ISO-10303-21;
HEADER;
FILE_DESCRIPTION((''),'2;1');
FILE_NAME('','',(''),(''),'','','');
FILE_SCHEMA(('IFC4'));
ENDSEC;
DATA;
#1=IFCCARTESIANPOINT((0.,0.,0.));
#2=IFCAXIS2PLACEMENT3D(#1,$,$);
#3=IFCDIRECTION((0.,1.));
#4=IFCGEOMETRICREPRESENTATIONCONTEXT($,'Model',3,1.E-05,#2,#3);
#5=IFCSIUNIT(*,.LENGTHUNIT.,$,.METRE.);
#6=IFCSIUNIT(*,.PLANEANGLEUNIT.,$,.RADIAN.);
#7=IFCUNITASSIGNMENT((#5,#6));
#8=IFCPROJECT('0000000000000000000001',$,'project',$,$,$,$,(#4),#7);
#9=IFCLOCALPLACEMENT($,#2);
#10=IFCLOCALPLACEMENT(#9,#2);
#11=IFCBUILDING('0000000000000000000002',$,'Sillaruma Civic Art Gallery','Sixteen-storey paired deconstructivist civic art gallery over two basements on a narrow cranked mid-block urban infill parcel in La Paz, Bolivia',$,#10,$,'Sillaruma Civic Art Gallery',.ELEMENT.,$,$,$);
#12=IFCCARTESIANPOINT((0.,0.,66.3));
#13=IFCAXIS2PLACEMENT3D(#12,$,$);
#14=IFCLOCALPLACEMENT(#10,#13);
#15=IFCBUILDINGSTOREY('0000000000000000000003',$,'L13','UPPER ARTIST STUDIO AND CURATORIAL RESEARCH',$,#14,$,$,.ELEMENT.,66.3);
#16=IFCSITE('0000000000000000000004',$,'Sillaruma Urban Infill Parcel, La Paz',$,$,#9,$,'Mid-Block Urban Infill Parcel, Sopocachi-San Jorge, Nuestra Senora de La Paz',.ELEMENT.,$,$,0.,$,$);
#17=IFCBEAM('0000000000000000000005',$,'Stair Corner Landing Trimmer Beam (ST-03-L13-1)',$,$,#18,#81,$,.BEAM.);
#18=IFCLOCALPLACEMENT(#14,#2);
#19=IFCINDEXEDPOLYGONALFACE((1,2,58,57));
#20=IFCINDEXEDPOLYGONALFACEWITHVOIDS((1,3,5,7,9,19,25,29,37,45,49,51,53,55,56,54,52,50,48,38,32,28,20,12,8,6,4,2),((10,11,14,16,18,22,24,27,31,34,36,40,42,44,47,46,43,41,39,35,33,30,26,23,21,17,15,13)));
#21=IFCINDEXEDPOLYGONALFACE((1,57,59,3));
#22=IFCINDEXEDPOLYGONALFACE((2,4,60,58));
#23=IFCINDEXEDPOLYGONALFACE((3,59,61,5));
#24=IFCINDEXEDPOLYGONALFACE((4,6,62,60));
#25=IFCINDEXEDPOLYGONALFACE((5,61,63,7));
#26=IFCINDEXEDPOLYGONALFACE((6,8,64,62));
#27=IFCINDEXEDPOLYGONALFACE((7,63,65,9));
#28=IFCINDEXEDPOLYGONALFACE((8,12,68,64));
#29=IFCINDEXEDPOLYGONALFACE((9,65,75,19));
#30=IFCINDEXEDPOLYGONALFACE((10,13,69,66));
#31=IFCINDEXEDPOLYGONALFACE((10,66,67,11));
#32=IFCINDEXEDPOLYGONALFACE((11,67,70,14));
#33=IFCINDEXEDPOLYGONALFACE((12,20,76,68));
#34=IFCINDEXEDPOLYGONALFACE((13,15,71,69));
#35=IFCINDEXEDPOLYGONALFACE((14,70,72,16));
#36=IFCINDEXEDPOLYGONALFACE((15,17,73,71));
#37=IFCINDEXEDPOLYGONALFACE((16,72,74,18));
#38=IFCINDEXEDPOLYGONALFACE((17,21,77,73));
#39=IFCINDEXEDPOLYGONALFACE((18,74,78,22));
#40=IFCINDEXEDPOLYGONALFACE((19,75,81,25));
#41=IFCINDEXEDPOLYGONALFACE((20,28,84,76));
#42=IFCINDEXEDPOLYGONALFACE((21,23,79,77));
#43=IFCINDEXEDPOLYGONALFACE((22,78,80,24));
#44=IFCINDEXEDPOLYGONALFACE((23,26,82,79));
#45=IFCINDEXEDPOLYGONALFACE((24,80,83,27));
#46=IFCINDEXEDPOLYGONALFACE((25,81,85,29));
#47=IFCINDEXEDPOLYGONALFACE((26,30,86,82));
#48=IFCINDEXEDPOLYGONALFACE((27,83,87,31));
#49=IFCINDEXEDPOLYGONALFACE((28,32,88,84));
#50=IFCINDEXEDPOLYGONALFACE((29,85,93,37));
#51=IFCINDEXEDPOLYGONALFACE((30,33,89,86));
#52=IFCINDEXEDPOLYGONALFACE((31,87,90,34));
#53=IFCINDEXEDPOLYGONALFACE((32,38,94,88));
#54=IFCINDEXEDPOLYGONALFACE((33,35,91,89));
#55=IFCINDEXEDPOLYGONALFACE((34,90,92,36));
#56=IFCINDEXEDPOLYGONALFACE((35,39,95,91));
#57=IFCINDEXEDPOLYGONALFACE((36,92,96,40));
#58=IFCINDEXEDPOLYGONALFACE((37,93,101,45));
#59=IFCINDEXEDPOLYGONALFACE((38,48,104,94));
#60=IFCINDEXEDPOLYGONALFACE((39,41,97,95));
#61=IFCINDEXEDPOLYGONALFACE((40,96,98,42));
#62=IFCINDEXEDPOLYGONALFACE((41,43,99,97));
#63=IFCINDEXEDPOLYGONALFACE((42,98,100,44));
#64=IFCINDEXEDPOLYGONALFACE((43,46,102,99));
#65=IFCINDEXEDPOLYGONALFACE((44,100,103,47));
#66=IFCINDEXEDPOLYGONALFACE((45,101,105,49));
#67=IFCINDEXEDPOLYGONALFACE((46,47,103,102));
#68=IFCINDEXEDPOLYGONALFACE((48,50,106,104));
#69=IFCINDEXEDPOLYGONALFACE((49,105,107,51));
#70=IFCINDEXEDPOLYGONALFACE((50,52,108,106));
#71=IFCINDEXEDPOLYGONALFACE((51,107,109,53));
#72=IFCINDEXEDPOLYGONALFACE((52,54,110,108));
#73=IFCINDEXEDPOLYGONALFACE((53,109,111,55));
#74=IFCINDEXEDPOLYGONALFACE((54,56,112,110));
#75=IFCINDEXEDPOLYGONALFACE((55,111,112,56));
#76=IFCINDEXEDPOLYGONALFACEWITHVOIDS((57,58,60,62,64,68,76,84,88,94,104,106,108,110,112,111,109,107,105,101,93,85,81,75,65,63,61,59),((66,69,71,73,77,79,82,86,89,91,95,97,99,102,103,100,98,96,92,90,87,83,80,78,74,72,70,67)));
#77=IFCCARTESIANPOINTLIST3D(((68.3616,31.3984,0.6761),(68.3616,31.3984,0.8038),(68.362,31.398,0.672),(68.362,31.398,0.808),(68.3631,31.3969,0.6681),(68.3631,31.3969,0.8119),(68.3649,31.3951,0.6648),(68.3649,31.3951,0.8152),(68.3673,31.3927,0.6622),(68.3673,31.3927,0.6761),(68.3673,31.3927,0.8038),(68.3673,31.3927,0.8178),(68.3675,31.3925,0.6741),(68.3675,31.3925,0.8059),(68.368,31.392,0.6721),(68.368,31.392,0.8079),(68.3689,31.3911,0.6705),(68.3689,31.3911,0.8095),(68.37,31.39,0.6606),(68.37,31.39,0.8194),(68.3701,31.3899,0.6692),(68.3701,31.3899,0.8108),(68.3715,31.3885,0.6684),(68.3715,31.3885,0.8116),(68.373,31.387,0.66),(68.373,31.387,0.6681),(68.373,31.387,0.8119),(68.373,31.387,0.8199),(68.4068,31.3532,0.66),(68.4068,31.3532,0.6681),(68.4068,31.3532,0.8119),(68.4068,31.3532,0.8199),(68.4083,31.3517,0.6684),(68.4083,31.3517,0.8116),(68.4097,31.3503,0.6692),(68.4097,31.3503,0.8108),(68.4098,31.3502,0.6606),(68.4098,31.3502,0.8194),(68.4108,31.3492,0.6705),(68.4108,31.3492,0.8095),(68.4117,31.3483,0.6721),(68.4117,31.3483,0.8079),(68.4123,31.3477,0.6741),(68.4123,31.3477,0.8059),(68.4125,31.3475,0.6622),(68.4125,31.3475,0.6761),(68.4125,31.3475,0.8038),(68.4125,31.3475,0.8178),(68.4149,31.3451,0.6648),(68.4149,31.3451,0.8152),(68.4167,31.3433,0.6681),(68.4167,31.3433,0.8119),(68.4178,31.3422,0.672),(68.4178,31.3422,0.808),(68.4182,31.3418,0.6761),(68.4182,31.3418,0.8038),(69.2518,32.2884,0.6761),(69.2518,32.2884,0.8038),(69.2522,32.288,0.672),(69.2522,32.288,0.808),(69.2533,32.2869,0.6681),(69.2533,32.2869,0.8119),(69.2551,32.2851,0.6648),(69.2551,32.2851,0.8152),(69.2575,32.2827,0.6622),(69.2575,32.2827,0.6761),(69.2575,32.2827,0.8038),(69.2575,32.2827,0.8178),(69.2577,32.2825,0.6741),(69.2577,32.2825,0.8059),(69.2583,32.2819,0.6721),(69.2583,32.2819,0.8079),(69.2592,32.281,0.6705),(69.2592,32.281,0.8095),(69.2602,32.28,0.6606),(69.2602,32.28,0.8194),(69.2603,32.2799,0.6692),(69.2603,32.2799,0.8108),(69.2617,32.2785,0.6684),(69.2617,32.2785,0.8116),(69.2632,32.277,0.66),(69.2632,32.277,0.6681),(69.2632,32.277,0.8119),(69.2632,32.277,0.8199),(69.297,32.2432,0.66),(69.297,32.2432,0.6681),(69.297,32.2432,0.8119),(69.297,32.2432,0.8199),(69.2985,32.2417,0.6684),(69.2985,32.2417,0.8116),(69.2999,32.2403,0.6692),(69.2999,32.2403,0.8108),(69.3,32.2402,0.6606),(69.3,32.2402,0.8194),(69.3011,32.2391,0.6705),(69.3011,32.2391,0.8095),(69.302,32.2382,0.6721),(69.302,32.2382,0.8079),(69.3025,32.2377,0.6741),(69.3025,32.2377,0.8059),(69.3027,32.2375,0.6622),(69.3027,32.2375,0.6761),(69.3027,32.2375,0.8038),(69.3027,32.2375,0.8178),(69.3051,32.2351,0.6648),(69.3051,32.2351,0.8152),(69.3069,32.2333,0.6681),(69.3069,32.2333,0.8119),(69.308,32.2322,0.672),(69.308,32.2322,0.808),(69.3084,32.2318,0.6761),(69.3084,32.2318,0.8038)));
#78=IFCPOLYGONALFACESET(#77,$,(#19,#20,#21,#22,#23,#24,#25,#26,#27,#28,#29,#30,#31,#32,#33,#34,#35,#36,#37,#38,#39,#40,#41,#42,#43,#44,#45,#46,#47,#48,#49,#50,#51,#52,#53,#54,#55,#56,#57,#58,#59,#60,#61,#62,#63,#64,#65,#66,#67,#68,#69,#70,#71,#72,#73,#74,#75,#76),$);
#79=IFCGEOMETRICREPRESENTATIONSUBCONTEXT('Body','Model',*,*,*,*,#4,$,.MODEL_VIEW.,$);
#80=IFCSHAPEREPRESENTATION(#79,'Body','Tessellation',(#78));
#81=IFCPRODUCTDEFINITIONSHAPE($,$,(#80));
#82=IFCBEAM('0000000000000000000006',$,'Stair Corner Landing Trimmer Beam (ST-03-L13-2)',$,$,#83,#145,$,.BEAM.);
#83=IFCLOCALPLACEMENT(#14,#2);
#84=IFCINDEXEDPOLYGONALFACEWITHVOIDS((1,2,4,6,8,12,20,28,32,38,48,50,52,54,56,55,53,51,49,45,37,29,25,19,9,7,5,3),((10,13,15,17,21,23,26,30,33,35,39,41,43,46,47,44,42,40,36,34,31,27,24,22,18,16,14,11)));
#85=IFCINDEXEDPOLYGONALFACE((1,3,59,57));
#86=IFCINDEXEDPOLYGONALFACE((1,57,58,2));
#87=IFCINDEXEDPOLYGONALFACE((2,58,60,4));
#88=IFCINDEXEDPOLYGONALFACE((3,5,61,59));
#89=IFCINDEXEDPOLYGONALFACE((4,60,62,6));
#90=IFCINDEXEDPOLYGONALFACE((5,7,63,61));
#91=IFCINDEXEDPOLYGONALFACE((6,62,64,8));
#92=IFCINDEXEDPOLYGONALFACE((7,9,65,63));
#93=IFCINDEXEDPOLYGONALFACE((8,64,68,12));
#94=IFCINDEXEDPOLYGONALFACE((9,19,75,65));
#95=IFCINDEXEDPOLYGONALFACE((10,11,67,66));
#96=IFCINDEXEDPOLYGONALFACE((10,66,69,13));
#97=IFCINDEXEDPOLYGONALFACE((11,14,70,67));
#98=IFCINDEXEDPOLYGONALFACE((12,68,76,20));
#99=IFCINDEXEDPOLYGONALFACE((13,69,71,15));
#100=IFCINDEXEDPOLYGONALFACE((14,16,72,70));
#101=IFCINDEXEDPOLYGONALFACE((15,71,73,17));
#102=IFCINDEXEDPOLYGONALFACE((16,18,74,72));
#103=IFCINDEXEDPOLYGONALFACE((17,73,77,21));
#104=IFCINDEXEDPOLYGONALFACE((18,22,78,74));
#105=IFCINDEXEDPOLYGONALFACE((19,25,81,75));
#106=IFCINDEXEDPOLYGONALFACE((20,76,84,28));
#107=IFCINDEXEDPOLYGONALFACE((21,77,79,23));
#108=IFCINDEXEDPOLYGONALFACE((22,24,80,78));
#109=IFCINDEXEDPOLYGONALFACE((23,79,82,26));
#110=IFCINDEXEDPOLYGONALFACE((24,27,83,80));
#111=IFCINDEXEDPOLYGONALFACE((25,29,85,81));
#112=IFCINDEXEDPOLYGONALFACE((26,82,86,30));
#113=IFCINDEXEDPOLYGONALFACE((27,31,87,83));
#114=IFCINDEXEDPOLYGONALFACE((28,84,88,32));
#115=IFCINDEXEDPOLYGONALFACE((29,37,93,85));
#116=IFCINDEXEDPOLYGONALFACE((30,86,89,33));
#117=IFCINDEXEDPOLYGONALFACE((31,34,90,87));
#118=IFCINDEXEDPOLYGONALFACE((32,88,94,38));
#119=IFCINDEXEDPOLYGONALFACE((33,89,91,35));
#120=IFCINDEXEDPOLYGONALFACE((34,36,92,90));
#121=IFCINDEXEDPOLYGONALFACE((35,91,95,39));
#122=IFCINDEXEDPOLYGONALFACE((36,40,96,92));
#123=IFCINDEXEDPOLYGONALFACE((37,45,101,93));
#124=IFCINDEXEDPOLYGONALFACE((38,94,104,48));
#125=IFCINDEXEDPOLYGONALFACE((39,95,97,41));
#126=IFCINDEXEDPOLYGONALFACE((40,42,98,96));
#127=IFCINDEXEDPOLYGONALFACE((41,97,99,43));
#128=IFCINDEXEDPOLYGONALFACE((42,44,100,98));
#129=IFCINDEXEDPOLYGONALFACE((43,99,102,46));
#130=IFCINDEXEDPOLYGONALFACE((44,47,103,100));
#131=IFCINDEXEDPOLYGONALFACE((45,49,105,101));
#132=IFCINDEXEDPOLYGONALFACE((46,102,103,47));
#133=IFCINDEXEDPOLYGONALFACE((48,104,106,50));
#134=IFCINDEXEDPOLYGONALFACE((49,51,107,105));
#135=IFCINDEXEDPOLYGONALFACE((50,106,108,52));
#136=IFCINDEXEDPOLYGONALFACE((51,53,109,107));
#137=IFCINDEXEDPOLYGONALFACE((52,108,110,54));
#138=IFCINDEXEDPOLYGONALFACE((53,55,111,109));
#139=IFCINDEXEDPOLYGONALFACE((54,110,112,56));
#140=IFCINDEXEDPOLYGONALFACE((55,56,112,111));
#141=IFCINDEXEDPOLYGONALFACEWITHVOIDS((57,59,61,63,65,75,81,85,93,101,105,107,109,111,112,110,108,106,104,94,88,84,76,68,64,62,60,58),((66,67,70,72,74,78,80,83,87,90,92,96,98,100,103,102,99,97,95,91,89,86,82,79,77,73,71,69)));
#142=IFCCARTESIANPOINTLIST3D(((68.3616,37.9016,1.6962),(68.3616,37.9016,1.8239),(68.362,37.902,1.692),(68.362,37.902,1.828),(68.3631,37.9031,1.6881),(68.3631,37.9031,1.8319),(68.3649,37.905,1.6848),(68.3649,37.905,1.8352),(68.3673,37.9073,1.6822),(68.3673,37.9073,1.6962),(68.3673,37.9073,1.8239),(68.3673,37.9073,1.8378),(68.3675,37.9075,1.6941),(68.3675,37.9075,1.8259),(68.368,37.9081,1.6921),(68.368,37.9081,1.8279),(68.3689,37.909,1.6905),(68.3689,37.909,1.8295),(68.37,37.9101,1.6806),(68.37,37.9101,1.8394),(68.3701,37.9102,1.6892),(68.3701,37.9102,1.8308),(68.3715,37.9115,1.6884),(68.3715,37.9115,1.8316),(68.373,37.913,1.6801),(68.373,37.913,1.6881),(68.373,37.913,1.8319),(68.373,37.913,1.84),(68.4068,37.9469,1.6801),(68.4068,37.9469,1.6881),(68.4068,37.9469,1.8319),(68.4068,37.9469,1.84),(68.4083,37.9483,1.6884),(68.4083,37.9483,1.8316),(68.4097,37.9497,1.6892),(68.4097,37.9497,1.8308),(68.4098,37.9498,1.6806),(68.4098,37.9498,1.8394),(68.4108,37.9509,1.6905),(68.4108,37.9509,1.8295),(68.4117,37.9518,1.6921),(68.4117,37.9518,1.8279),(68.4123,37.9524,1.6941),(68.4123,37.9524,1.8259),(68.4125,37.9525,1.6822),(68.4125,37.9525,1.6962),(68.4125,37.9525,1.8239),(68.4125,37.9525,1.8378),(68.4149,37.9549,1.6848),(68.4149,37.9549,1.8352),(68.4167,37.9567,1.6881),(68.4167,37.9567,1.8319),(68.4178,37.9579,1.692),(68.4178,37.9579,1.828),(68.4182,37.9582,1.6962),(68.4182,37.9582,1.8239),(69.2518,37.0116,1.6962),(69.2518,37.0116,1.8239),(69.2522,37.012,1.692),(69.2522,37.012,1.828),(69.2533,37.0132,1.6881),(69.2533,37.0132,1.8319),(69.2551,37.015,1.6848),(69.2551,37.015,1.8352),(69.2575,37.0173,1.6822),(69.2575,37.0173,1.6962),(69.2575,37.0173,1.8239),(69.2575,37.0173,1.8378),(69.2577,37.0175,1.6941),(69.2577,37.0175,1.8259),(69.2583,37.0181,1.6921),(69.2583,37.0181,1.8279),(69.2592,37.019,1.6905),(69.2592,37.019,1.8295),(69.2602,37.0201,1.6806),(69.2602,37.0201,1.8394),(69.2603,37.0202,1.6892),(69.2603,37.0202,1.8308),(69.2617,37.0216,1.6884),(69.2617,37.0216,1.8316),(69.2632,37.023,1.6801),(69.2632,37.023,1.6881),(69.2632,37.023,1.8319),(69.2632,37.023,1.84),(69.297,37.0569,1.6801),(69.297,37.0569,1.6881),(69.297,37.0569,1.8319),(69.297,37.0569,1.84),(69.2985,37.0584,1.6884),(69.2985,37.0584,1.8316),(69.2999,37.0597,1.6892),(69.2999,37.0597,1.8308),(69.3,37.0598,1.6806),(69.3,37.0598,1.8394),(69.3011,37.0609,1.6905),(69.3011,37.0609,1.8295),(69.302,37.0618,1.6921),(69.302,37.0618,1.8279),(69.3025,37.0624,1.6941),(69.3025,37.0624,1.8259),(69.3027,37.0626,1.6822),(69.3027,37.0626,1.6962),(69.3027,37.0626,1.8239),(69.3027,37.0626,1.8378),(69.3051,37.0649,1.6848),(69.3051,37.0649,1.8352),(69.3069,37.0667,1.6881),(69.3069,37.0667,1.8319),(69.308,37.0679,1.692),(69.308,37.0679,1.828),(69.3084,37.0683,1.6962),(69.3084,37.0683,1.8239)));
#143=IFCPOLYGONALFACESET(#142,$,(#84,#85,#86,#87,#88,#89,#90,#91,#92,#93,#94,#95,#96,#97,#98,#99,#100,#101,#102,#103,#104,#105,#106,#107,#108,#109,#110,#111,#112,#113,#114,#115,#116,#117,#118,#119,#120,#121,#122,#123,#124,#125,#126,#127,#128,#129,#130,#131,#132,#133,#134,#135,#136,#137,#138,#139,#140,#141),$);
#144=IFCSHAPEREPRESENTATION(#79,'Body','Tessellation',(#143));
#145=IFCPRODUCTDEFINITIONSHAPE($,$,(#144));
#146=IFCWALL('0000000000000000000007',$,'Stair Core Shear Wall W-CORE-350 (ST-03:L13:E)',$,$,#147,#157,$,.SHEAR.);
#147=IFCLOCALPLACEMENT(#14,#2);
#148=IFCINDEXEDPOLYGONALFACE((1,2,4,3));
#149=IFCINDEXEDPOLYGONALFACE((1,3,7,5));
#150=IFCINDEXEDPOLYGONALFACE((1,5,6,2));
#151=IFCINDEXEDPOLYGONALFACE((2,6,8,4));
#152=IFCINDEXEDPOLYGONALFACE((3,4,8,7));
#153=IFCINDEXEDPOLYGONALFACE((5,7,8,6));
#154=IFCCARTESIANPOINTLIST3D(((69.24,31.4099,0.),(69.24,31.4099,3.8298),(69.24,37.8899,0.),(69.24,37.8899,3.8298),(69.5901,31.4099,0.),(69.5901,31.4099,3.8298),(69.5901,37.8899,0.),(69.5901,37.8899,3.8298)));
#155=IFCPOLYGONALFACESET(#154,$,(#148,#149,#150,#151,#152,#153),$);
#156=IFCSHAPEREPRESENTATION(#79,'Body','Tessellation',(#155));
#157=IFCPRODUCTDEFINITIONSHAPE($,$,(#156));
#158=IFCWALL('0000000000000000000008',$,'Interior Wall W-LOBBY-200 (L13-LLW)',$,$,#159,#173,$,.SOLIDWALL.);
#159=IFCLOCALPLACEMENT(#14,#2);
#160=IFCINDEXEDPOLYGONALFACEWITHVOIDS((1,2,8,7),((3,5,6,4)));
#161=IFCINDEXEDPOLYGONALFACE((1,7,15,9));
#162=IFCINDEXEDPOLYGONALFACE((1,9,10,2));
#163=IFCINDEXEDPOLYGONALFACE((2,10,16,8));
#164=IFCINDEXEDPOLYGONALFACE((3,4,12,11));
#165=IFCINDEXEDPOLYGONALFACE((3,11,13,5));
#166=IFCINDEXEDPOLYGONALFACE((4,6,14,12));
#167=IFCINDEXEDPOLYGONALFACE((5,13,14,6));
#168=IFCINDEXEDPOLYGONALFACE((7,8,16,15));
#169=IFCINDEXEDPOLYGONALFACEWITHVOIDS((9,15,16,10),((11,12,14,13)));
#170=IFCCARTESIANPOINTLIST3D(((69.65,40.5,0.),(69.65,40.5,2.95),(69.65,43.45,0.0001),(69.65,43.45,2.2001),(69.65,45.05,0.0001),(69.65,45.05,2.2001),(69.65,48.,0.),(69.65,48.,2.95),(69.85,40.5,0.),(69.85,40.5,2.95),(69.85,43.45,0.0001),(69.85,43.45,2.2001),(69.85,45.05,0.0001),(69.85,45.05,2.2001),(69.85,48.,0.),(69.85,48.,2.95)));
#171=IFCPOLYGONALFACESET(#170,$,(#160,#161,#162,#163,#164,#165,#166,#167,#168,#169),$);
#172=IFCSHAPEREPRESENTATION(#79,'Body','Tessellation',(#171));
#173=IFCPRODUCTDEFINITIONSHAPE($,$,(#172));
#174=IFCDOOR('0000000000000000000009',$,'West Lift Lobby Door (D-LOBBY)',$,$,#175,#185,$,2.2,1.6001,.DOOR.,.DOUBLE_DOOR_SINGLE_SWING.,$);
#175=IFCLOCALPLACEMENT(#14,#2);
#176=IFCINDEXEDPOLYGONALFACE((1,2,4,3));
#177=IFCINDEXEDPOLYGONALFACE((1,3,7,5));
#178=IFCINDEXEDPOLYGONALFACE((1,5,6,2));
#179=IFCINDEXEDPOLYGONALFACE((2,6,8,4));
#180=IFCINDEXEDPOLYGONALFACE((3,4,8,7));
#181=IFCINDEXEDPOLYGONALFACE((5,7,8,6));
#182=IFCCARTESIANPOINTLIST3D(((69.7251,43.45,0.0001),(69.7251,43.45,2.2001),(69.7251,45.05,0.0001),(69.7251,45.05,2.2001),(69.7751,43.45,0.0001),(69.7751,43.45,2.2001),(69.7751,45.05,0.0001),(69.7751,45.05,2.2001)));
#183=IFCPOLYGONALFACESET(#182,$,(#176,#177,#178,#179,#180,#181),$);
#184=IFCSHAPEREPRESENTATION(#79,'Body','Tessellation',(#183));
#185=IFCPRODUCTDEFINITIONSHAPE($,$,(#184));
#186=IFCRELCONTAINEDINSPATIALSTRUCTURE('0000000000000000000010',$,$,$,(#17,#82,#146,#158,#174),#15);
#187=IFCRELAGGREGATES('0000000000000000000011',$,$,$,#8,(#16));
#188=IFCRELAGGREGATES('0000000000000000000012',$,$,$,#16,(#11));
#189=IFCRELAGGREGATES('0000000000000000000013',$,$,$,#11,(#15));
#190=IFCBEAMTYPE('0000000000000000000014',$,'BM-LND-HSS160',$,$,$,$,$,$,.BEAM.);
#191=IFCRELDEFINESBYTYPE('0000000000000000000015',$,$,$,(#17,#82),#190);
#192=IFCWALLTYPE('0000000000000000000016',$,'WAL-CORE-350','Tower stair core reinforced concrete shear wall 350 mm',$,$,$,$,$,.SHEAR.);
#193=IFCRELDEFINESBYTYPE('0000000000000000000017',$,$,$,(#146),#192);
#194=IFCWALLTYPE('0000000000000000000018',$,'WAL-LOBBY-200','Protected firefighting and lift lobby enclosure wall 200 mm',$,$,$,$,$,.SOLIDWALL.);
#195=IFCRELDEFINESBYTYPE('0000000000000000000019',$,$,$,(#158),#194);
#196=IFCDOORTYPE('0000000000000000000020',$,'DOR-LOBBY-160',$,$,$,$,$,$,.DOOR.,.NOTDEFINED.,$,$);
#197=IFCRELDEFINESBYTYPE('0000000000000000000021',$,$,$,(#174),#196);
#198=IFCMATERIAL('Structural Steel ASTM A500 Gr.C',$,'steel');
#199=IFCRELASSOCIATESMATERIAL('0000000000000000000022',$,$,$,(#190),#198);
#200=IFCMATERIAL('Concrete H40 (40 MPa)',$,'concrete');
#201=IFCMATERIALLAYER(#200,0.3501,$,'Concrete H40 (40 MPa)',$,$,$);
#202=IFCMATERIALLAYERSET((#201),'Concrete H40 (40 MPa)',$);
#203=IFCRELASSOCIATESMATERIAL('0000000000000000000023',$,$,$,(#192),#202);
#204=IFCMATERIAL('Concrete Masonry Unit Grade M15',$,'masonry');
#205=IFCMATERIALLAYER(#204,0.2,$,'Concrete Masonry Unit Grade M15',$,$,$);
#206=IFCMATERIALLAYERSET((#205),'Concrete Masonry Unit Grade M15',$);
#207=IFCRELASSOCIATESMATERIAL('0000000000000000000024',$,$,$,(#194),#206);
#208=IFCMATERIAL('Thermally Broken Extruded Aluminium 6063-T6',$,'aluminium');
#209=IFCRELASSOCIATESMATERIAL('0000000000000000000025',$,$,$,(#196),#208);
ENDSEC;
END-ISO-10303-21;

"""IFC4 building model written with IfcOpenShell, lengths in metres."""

from ifc_helpers import new_model, si_unit, direction, frame, frame_2d, origin, origin_2d, place, context, subcontext, project, spatial, rectangle, hollow_rectangle, extrude, material, layer, layer_set, material_profile, profile_set, type_object, element, fill, save


model = new_model("IFC4")

# Units and contexts
model_context = context("Model", 3, precision=1e-05, world=origin(), true_north=direction((0.0, 1.0)))
body_context = subcontext(model_context, "Body", "Model", "MODEL_VIEW")
ifc_project = project(units=[si_unit("LENGTHUNIT", "METRE"), si_unit("PLANEANGLEUNIT", "RADIAN")], contexts=[model_context])

# Site, building, storey
site_placement = place(None, origin())
site = spatial("IfcSite", under=ifc_project, at=site_placement, Name="Sillaruma Urban Infill Parcel, La Paz", LongName="Mid-Block Urban Infill Parcel, Sopocachi-San Jorge, Nuestra Senora de La Paz", CompositionType="ELEMENT", RefElevation=0.0)
building_placement = place(site_placement, origin())
building = spatial("IfcBuilding", under=site, at=building_placement, Name="Sillaruma Civic Art Gallery", Description="Sixteen-storey paired deconstructivist civic art gallery over two basements on a narrow cranked mid-block urban infill parcel in La Paz, Bolivia", LongName="Sillaruma Civic Art Gallery", CompositionType="ELEMENT")
storey_placement = place(building_placement, frame((0.0, 0.0, 66.3)))
storey = spatial("IfcBuildingStorey", under=building, at=storey_placement, Name="L13", Description="UPPER ARTIST STUDIO AND CURATORIAL RESEARCH", CompositionType="ELEMENT", Elevation=66.3)

# Shared definitions
ifc_material_1 = material(Name="Concrete H40 (40 MPa)", Category="concrete")

# Beams
ifc_material_2 = material(Name="Structural Steel ASTM A500 Gr.C", Category="steel")
ifc_material_profile_1 = material_profile(ifc_material_2, hollow_rectangle(XDim=0.0801, YDim=0.1599, WallThickness=0.0081, InnerFilletRadius=0.0081, OuterFilletRadius=0.0161, at=origin_2d()), Name="HSS160x80x8")
ifc_profile_set_1 = profile_set([ifc_material_profile_1], Name="Structural Steel ASTM A500 Gr.C")
beam_type_1 = type_object("IfcBeamType", Name="BM-LND-HSS160", PredefinedType="BEAM", material=ifc_profile_set_1)
for number, where, z_axis, x_axis, name in (
    (1, (68.3899, 31.3701, 0.74), (0.707204, 0.70701, 0.0), (-0.70701, 0.707204, 0.0), "Stair Corner Landing Trimmer Beam (ST-03-L13-1)"),
    (2, (68.3899, 37.9299, 1.76), (0.707204, -0.70701, 0.0), (0.70701, 0.707204, 0.0), "Stair Corner Landing Trimmer Beam (ST-03-L13-2)"),
):
    element("IfcBeam", number, at=place(storey_placement, frame(where, z_axis=z_axis, x_axis=x_axis)), inside=storey, type_object=beam_type_1, Name=name, PredefinedType="BEAM", context=body_context, shape_type="SweptSolid", body=[
        extrude(hollow_rectangle(XDim=0.0801, YDim=0.1599, WallThickness=0.0081, InnerFilletRadius=0.0081, OuterFilletRadius=0.0161, at=origin_2d()), origin(), (0.0, 0.0, 1.0), 1.2588),
    ])

# Wall
ifc_layer_1 = layer(ifc_material_1, 0.3501, Name="Concrete H40 (40 MPa)")
ifc_layer_set_1 = layer_set([ifc_layer_1], Name="Concrete H40 (40 MPa)")
wall_type_1 = type_object("IfcWallType", Name="WAL-CORE-350", Description="Tower stair core reinforced concrete shear wall 350 mm", PredefinedType="SHEAR", material=ifc_layer_set_1)
wall_1_placement = place(storey_placement, frame((69.415, 31.4099, 0.0), z_axis=(0.0, 0.0, 1.0), x_axis=(0.0, 1.0, 0.0)))
element("IfcWall", 3, at=wall_1_placement, inside=storey, type_object=wall_type_1, Name="Stair Core Shear Wall W-CORE-350 (ST-03:L13:E)", PredefinedType="SHEAR", context=body_context, shape_type="SweptSolid", body=[
    extrude(rectangle(XDim=6.48, YDim=0.3501, at=frame_2d((3.24, 0.0))), origin(), (0.0, 0.0, 1.0), 3.8298),
])

# Wall, opening, door
ifc_material_3 = material(Name="Concrete Masonry Unit Grade M15", Category="masonry")
ifc_layer_2 = layer(ifc_material_3, 0.2, Name="Concrete Masonry Unit Grade M15")
ifc_layer_set_2 = layer_set([ifc_layer_2], Name="Concrete Masonry Unit Grade M15")
wall_type_2 = type_object("IfcWallType", Name="WAL-LOBBY-200", Description="Protected firefighting and lift lobby enclosure wall 200 mm", PredefinedType="SOLIDWALL", material=ifc_layer_set_2)
wall_2_placement = place(storey_placement, frame((69.75, 40.5, 0.0), z_axis=(0.0, 0.0, 1.0), x_axis=(0.0, 1.0, 0.0)))
wall_2 = element("IfcWall", 4, at=wall_2_placement, inside=storey, type_object=wall_type_2, Name="Interior Wall W-LOBBY-200 (L13-LLW)", PredefinedType="SOLIDWALL", context=body_context, shape_type="SweptSolid", body=[
    extrude(rectangle(XDim=7.5, YDim=0.2, at=frame_2d((3.75, 0.0))), origin(), (0.0, 0.0, 1.0), 2.95),
])
opening_1_placement = place(wall_2_placement, frame((2.95, 0.0, 0.0)))
opening_1 = element("IfcOpeningElement", 5, at=opening_1_placement, cuts=wall_2, PredefinedType="OPENING", context=body_context, shape_type="SweptSolid", body=[
    extrude(rectangle(XDim=1.6001, YDim=2.2, at=frame_2d((0.8, 1.1001))), frame((0.0, 0.1099, 0.0), z_axis=(0.0, -1.0, 0.0), x_axis=(1.0, 0.0, 0.0)), (0.0, 0.0, 1.0), 0.22),
])
ifc_material_4 = material(Name="Thermally Broken Extruded Aluminium 6063-T6", Category="aluminium")
door_type_1 = type_object("IfcDoorType", Name="DOR-LOBBY-160", OperationType="NOTDEFINED", PredefinedType="DOOR", material=ifc_material_4)
door_1_placement = place(opening_1_placement, origin())
door_1 = element("IfcDoor", 6, at=door_1_placement, inside=storey, type_object=door_type_1, Name="West Lift Lobby Door (D-LOBBY)", OperationType="DOUBLE_DOOR_SINGLE_SWING", OverallHeight=2.2, OverallWidth=1.6001, PredefinedType="DOOR", context=body_context, shape_type="SweptSolid", body=[
    extrude(rectangle(XDim=1.6001, YDim=2.2, at=frame_2d((0.8, 1.1001))), frame((0.0, 0.0249, 0.0), z_axis=(0.0, -1.0, 0.0), x_axis=(1.0, 0.0, 0.0)), (0.0, 0.0, 1.0), 0.05),
])
fill(opening_1, door_1)

save(model, "model.ifc")
